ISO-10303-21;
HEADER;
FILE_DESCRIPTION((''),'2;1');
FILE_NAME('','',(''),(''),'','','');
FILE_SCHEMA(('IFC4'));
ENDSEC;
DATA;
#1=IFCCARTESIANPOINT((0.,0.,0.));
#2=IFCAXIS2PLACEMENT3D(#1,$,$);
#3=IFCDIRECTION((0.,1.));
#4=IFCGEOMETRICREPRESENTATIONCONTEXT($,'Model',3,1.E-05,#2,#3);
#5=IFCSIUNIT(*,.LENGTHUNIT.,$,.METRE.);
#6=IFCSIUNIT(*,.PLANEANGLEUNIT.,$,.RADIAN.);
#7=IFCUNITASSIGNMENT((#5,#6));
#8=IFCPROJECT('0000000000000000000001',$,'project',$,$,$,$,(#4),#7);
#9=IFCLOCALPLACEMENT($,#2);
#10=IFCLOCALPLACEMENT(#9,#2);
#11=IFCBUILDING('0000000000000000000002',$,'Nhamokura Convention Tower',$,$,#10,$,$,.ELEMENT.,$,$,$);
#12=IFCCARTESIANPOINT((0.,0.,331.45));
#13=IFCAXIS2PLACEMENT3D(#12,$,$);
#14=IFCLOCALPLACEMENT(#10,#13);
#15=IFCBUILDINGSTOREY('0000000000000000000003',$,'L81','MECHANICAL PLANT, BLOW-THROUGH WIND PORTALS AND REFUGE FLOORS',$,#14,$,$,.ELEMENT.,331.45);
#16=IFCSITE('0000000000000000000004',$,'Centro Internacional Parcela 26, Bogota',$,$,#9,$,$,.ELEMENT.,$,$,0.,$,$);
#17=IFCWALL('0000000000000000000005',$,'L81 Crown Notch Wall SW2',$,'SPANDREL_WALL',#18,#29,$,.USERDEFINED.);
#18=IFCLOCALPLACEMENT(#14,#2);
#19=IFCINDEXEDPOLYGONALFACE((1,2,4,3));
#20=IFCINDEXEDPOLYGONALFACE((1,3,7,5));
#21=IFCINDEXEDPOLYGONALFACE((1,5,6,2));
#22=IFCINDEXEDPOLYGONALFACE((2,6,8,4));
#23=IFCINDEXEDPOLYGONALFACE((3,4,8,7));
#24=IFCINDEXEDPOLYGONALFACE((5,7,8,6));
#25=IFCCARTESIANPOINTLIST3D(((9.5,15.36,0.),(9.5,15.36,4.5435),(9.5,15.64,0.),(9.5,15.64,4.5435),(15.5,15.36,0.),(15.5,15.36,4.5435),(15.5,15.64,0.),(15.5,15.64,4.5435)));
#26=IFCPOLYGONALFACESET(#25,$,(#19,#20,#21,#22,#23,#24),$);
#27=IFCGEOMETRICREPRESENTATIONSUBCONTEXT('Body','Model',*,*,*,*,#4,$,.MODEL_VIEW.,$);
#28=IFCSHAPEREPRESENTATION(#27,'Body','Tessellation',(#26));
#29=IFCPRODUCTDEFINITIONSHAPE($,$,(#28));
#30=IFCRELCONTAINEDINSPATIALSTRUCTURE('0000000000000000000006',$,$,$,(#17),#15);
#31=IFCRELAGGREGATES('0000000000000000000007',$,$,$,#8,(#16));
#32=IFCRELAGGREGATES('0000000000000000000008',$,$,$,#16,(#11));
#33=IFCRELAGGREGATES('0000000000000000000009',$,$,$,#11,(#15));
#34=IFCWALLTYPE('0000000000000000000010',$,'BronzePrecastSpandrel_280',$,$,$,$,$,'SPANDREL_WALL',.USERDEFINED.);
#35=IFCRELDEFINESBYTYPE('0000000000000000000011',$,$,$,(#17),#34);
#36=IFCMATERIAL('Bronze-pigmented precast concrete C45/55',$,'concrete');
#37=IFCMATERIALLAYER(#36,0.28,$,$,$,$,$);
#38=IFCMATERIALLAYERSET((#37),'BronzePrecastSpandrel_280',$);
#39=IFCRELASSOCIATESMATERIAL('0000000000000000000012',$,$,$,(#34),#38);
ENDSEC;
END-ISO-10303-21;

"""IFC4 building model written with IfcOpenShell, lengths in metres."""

from ifc_helpers import new_model, si_unit, direction, frame, frame_2d, origin, place, context, subcontext, project, spatial, rectangle, extrude, material, layer, layer_set, type_object, element, save


model = new_model("IFC4")

# Units and contexts
model_context = context("Model", 3, precision=1e-05, world=origin(), true_north=direction((0.0, 1.0)))
body_context = subcontext(model_context, "Body", "Model", "MODEL_VIEW")
ifc_project = project(units=[si_unit("LENGTHUNIT", "METRE"), si_unit("PLANEANGLEUNIT", "RADIAN")], contexts=[model_context])

# Site, building, storey
site_placement = place(None, origin())
site = spatial("IfcSite", under=ifc_project, at=site_placement, Name="Centro Internacional Parcela 26, Bogota", CompositionType="ELEMENT", RefElevation=0.0)
building_placement = place(site_placement, origin())
building = spatial("IfcBuilding", under=site, at=building_placement, Name="Nhamokura Convention Tower", CompositionType="ELEMENT")
storey_placement = place(building_placement, frame((0.0, 0.0, 331.45)))
storey = spatial("IfcBuildingStorey", under=building, at=storey_placement, Name="L81", Description="MECHANICAL PLANT, BLOW-THROUGH WIND PORTALS AND REFUGE FLOORS", CompositionType="ELEMENT", Elevation=331.45)

# Wall
ifc_material_1 = material(Name="Bronze-pigmented precast concrete C45/55", Category="concrete")
ifc_layer_1 = layer(ifc_material_1, 0.28)
ifc_layer_set_1 = layer_set([ifc_layer_1], Name="BronzePrecastSpandrel_280")
wall_type = type_object("IfcWallType", Name="BronzePrecastSpandrel_280", ElementType="SPANDREL_WALL", PredefinedType="USERDEFINED", material=ifc_layer_set_1)
wall_1_placement = place(storey_placement, frame((15.5, 15.5, 0.0), z_axis=(0.0, 0.0, 1.0), x_axis=(-1.0, 0.0, 0.0)))
element("IfcWall", 1, at=wall_1_placement, inside=storey, type_object=wall_type, Name="L81 Crown Notch Wall SW2", ObjectType="SPANDREL_WALL", PredefinedType="USERDEFINED", context=body_context, shape_type="SweptSolid", body=[
    extrude(rectangle(XDim=6.0, YDim=0.28, at=frame_2d((3.0, 0.0))), origin(), (0.0, 0.0, 1.0), 4.5435),
])

save(model, "model.ifc")
